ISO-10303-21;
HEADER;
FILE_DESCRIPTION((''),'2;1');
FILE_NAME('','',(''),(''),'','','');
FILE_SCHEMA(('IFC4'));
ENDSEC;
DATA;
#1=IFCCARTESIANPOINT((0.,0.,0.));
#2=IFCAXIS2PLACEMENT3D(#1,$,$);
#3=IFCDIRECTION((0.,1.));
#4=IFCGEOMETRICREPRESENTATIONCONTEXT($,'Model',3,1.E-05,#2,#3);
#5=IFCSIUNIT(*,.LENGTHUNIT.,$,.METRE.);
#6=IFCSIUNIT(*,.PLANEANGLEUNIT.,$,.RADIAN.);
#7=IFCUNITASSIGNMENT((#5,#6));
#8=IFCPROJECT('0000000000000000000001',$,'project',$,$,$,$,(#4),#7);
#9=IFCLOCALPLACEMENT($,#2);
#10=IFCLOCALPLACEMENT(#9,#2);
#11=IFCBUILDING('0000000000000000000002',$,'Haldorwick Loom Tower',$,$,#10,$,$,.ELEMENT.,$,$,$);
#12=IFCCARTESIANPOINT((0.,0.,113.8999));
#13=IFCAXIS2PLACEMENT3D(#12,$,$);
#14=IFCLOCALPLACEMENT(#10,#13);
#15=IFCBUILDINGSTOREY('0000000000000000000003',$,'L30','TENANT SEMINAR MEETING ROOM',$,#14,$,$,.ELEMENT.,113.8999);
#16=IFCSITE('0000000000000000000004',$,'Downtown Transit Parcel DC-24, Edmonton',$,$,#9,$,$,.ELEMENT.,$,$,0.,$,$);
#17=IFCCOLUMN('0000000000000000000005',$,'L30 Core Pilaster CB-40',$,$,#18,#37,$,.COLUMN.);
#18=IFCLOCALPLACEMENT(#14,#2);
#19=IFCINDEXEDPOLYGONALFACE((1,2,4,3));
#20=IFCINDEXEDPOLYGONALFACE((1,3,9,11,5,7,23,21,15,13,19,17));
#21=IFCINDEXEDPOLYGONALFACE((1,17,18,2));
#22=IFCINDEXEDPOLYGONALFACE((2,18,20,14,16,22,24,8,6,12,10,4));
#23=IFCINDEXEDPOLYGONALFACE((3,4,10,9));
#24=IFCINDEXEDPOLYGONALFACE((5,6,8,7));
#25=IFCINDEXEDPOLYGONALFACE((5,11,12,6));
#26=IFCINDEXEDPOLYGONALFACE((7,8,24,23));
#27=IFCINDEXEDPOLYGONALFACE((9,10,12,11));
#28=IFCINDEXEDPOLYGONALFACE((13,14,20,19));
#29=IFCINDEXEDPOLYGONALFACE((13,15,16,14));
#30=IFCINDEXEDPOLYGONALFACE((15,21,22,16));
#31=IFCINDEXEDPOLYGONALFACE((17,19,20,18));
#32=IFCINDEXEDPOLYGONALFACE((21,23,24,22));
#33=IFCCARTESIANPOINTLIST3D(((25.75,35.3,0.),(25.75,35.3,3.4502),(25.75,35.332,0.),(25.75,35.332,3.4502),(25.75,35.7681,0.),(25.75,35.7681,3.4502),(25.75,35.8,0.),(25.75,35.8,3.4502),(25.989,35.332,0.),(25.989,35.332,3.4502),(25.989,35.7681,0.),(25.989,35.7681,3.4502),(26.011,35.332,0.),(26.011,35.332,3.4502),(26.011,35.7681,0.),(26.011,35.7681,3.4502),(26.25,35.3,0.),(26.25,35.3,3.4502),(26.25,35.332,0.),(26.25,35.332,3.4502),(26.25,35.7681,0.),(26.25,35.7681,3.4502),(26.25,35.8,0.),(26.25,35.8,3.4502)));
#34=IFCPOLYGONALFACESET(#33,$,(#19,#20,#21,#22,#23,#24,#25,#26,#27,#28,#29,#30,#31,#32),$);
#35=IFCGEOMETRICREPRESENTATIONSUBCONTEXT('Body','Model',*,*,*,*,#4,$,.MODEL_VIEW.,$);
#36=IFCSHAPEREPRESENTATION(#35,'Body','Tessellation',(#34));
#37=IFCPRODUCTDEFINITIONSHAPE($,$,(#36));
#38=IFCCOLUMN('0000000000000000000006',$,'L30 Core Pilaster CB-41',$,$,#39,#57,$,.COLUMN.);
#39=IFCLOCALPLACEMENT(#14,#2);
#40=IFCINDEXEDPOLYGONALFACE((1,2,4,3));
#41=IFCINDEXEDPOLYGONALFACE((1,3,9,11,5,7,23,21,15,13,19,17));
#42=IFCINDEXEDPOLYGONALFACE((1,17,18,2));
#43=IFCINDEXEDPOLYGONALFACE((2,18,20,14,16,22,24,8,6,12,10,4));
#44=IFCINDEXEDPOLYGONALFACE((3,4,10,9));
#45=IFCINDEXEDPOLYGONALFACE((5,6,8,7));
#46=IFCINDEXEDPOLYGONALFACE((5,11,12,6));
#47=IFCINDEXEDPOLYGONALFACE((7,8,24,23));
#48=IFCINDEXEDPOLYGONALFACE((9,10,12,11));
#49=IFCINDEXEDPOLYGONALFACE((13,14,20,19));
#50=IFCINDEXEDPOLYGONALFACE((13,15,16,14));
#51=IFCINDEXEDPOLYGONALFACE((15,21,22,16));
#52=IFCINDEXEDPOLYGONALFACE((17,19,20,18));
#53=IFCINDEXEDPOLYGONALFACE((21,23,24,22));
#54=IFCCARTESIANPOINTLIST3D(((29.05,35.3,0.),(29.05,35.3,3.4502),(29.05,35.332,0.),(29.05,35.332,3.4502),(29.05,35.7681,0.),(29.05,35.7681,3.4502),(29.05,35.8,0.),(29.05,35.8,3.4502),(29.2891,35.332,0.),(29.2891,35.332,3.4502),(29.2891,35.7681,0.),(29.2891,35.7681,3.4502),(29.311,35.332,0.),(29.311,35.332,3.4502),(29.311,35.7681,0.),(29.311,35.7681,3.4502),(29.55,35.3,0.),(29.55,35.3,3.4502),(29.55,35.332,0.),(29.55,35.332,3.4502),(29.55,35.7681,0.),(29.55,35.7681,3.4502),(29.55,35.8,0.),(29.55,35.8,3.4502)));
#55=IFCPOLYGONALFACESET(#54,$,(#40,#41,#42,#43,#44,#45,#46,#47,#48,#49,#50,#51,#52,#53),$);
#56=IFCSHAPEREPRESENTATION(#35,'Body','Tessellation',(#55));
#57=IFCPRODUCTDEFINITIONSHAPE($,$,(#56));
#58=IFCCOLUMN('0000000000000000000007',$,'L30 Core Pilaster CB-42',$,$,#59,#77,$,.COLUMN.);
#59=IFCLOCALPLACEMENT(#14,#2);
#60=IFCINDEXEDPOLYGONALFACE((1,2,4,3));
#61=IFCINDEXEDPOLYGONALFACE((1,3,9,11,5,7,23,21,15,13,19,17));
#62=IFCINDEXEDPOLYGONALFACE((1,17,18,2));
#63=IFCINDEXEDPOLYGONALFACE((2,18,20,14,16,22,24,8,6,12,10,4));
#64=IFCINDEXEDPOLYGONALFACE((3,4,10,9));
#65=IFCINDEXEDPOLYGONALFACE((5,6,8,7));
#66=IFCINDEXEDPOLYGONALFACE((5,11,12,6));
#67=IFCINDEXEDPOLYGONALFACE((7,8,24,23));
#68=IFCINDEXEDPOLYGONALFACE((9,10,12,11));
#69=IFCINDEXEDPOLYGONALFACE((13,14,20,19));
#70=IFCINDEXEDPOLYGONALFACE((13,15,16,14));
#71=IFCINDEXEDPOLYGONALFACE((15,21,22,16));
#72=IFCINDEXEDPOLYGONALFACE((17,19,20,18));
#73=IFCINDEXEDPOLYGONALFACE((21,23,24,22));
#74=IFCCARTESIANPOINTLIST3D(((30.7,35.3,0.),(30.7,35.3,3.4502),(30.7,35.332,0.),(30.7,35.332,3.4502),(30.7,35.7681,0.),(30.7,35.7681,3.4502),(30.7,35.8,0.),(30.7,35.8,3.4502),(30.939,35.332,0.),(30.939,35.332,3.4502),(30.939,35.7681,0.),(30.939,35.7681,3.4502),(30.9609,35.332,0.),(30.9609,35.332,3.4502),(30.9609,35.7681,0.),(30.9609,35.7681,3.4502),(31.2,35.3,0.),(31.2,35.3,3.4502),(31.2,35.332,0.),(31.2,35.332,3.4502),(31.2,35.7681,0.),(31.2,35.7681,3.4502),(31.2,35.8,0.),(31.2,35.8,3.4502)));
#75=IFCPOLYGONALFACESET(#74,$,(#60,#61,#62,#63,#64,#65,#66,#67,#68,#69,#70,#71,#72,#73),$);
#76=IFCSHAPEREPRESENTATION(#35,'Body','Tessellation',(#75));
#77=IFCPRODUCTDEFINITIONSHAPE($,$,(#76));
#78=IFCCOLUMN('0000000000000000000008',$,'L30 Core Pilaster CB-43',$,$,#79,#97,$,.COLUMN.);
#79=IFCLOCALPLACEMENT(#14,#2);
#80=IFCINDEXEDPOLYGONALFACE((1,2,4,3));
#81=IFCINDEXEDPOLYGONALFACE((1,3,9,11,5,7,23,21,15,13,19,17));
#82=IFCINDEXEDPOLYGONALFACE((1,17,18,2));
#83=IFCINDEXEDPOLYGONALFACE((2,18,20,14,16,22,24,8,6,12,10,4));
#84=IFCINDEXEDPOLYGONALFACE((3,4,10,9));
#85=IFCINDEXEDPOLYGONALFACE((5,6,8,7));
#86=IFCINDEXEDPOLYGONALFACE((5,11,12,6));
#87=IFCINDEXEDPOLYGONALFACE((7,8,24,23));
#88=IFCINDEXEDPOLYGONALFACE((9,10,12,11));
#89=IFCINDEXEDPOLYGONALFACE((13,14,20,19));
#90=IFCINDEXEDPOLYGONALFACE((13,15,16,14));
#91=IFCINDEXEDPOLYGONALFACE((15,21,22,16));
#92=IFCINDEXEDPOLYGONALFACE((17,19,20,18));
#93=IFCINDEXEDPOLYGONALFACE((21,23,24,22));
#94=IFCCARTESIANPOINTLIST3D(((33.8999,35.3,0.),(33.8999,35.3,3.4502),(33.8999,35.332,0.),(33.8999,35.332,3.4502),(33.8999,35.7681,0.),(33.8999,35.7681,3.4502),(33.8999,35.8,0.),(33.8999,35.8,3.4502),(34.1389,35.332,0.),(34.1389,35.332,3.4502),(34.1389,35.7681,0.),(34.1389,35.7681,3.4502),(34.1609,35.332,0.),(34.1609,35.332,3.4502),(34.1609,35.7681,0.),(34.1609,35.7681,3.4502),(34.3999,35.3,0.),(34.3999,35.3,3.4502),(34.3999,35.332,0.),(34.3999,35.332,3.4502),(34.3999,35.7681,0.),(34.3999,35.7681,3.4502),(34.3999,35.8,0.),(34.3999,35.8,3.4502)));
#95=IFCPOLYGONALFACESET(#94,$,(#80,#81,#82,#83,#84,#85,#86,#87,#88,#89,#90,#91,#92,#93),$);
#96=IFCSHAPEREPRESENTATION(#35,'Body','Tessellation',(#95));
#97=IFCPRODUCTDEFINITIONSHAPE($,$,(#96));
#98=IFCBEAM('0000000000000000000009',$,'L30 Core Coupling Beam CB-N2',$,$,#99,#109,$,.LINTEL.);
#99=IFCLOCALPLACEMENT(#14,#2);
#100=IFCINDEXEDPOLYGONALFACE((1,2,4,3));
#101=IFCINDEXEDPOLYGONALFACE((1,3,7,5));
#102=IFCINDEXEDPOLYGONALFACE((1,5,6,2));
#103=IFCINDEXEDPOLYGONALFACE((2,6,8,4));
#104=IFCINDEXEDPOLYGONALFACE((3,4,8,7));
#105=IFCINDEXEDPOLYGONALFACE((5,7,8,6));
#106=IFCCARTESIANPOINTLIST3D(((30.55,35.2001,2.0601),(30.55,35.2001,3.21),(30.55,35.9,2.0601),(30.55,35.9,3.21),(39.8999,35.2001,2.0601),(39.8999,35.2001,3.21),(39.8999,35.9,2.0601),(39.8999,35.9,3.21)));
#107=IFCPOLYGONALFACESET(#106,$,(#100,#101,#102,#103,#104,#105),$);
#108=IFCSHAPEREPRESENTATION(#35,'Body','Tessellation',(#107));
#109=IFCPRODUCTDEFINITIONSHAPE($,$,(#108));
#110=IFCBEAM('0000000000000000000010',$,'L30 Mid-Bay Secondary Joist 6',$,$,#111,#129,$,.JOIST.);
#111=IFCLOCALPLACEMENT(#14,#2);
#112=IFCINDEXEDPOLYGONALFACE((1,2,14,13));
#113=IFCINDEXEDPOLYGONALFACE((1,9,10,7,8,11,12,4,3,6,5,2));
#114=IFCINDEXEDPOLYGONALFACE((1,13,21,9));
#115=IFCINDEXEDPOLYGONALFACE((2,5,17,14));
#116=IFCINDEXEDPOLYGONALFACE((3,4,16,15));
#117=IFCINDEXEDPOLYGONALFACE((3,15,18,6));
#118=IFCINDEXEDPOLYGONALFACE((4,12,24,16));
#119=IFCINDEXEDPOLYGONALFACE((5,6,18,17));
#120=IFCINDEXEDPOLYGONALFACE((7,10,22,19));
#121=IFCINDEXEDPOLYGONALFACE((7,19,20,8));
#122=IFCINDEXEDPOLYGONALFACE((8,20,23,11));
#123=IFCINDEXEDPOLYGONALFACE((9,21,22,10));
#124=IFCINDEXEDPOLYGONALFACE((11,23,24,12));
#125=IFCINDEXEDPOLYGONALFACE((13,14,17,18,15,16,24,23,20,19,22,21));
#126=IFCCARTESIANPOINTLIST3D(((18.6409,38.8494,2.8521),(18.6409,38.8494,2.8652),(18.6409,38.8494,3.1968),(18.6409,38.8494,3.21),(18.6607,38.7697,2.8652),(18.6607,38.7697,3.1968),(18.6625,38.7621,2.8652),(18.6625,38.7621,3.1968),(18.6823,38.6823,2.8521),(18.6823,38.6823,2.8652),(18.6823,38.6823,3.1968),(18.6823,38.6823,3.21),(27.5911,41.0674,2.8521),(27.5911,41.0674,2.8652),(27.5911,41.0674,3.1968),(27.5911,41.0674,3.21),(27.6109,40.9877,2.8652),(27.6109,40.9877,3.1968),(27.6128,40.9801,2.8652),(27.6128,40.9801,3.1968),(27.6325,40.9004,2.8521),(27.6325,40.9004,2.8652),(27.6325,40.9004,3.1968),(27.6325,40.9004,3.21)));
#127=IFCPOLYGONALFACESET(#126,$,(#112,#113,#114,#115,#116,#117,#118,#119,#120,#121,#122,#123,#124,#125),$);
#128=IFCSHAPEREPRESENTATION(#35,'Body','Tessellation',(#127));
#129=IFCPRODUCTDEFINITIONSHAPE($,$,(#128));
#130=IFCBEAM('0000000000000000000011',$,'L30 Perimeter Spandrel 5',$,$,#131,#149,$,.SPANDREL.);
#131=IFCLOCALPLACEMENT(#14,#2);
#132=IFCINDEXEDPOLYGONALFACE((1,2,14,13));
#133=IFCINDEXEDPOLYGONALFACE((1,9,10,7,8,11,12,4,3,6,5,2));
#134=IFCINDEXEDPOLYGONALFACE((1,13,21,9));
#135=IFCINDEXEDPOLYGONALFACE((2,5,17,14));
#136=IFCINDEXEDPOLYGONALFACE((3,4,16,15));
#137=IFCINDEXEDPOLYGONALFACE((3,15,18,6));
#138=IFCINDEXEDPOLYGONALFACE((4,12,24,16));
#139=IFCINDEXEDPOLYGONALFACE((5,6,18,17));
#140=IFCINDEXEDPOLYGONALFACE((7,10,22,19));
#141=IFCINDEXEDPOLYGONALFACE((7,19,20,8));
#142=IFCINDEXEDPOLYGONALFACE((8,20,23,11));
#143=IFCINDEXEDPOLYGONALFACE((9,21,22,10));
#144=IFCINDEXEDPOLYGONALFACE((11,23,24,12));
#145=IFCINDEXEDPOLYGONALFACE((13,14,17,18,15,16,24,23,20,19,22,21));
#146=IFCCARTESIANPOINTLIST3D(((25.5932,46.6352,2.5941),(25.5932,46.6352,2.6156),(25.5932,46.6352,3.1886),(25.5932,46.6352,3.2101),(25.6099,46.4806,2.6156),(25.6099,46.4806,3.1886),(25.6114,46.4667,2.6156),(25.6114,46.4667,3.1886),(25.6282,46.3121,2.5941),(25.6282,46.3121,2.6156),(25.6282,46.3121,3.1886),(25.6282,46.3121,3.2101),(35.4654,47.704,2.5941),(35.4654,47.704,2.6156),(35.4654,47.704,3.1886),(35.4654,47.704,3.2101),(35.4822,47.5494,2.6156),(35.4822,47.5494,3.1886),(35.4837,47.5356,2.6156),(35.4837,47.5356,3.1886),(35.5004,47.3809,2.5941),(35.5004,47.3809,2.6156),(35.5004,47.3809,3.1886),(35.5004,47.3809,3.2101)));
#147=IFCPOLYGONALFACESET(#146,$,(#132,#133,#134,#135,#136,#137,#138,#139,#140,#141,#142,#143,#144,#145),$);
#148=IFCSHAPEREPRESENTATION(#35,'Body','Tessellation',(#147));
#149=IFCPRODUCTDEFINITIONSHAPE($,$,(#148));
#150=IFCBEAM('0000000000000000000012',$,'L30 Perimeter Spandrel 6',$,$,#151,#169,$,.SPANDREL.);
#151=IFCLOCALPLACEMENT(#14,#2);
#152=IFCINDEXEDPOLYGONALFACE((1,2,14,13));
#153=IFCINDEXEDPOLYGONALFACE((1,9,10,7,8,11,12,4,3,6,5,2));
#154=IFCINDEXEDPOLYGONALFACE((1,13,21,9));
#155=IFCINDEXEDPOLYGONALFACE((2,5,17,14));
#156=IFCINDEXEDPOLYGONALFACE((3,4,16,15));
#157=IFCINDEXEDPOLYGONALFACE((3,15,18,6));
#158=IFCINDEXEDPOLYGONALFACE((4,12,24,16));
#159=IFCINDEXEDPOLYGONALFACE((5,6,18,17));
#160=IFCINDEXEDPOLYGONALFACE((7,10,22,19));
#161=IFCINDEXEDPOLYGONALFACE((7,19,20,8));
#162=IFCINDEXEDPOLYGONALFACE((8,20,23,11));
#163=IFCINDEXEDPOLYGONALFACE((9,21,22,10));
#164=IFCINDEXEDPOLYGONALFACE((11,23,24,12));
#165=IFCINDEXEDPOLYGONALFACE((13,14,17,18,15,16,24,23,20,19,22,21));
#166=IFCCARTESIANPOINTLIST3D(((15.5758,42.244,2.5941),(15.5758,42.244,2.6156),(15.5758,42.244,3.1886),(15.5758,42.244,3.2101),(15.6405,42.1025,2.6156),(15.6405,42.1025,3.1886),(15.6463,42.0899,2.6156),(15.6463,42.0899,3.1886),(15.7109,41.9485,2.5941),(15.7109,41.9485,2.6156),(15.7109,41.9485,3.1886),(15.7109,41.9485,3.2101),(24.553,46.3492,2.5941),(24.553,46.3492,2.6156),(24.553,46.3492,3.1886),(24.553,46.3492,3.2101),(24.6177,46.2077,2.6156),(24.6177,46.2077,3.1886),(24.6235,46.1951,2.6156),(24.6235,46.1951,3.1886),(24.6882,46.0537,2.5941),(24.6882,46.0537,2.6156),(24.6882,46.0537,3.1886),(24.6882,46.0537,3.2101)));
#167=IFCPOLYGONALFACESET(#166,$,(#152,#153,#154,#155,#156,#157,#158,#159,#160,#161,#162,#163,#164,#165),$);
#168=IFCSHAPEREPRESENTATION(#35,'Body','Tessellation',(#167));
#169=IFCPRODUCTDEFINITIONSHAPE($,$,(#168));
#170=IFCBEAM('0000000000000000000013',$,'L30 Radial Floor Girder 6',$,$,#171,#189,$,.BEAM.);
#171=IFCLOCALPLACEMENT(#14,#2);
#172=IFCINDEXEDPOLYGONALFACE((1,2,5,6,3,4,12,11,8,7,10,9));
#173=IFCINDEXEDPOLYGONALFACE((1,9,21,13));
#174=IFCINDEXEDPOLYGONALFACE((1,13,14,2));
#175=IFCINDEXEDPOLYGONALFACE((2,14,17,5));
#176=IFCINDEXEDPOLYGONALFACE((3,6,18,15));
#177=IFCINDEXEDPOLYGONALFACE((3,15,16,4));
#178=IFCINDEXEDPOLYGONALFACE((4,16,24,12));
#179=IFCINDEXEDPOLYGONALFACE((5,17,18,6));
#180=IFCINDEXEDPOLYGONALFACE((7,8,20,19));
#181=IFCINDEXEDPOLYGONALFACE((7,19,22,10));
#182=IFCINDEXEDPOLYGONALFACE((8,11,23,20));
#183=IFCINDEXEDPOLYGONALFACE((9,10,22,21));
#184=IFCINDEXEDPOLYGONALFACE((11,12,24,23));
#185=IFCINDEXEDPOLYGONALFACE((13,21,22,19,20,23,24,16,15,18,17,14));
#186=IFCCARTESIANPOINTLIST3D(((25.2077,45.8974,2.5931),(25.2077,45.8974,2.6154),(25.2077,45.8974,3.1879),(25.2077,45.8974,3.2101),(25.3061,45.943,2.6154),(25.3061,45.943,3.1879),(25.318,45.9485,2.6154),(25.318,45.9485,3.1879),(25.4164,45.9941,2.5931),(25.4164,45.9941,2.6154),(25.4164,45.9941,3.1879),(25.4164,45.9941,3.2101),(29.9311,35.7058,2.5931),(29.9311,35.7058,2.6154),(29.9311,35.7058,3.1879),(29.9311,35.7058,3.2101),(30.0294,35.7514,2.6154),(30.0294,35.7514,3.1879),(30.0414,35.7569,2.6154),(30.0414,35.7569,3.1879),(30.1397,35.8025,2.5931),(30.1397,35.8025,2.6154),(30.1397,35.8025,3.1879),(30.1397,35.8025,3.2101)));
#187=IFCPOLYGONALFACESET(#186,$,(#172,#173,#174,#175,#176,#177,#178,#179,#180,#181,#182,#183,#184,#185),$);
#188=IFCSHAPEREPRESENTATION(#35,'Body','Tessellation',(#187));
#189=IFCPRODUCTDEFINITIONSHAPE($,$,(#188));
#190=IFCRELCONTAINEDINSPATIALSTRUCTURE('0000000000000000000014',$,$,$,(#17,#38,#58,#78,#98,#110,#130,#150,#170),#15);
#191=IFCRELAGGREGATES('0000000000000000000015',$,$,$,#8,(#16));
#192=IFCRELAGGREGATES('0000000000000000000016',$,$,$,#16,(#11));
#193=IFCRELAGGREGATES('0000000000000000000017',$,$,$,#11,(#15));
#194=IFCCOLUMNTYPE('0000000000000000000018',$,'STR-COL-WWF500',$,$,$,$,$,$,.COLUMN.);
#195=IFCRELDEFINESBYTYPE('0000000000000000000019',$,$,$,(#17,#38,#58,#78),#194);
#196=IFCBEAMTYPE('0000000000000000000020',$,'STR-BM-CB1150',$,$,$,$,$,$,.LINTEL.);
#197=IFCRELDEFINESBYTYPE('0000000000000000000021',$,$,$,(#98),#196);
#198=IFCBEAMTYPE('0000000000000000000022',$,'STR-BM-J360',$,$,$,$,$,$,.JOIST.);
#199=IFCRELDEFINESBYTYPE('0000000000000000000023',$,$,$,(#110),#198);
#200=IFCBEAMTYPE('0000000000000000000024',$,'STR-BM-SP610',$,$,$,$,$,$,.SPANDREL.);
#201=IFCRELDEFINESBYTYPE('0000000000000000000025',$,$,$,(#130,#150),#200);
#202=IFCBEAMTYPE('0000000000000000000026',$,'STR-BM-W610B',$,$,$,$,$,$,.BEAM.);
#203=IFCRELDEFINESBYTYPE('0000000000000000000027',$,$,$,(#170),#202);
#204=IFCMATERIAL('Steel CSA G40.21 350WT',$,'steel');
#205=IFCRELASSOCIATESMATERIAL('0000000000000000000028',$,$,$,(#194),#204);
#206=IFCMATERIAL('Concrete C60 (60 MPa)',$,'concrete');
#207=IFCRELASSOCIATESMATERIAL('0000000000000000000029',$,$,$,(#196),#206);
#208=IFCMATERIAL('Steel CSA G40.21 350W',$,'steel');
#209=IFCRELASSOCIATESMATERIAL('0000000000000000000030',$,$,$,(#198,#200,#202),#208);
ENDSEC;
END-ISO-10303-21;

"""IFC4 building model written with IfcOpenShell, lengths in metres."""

from ifc_helpers import new_model, si_unit, direction, frame, origin, origin_2d, place, context, subcontext, project, spatial, rectangle, i_section, extrude, material, material_profile, profile_set, type_object, element, save


model = new_model("IFC4")

# Units and contexts
model_context = context("Model", 3, precision=1e-05, world=origin(), true_north=direction((0.0, 1.0)))
body_context = subcontext(model_context, "Body", "Model", "MODEL_VIEW")
ifc_project = project(units=[si_unit("LENGTHUNIT", "METRE"), si_unit("PLANEANGLEUNIT", "RADIAN")], contexts=[model_context])

# Site, building, storey
site_placement = place(None, origin())
site = spatial("IfcSite", under=ifc_project, at=site_placement, Name="Downtown Transit Parcel DC-24, Edmonton", CompositionType="ELEMENT", RefElevation=0.0)
building_placement = place(site_placement, origin())
building = spatial("IfcBuilding", under=site, at=building_placement, Name="Haldorwick Loom Tower", CompositionType="ELEMENT")
storey_placement = place(building_placement, frame((0.0, 0.0, 113.8999)))
storey = spatial("IfcBuildingStorey", under=building, at=storey_placement, Name="L30", Description="TENANT SEMINAR MEETING ROOM", CompositionType="ELEMENT", Elevation=113.8999)

# Columns
ifc_material_1 = material(Name="Concrete C60 (60 MPa)", Category="concrete")
ifc_material_2 = material(Name="Steel CSA G40.21 350WT", Category="steel")
ifc_material_profile_1 = material_profile(ifc_material_2, i_section(OverallWidth=0.5, OverallDepth=0.5, WebThickness=0.022, FlangeThickness=0.032, at=origin_2d()), Name="WWF500X500", Category="steel")
ifc_profile_set_1 = profile_set([ifc_material_profile_1], Name="Steel CSA G40.21 350WT")
column_type_1 = type_object("IfcColumnType", Name="STR-COL-WWF500", PredefinedType="COLUMN", material=ifc_profile_set_1)
for number, where, z_axis, x_axis, name in (
    (1, (26.0, 35.55, 0.0), (0.0, 0.0, 1.0), (1.0, 0.0, 0.0), "L30 Core Pilaster CB-40"),
    (2, (29.3, 35.55, 0.0), (0.0, 0.0, 1.0), (1.0, 0.0, 0.0), "L30 Core Pilaster CB-41"),
    (3, (30.95, 35.55, 0.0), (0.0, 0.0, 1.0), (1.0, 0.0, 0.0), "L30 Core Pilaster CB-42"),
    (4, (34.1499, 35.55, 0.0), (0.0, 0.0, 1.0), (1.0, 0.0, 0.0), "L30 Core Pilaster CB-43"),
):
    element("IfcColumn", number, at=place(storey_placement, frame(where, z_axis=z_axis, x_axis=x_axis)), inside=storey, type_object=column_type_1, Name=name, PredefinedType="COLUMN", context=body_context, shape_type="SweptSolid", body=[
        extrude(i_section(OverallWidth=0.5, OverallDepth=0.5, WebThickness=0.022, FlangeThickness=0.032, at=origin_2d()), origin(), (0.0, 0.0, 1.0), 3.4502),
    ])

# Beams
ifc_material_profile_2 = material_profile(ifc_material_1, rectangle(XDim=0.7, YDim=1.1499, at=origin_2d()), Name="RC700X1150", Category="concrete")
ifc_profile_set_2 = profile_set([ifc_material_profile_2], Name="Concrete C60 (60 MPa)")
beam_type_1 = type_object("IfcBeamType", Name="STR-BM-CB1150", PredefinedType="LINTEL", material=ifc_profile_set_2)
beam_1_placement = place(storey_placement, frame((30.55, 35.55, 2.635), z_axis=(1.0, 0.0, 0.0), x_axis=(0.0, 1.0, 0.0)))
element("IfcBeam", 5, at=beam_1_placement, inside=storey, type_object=beam_type_1, Name="L30 Core Coupling Beam CB-N2", PredefinedType="LINTEL", context=body_context, shape_type="SweptSolid", body=[
    extrude(rectangle(XDim=0.7, YDim=1.1499, at=origin_2d()), origin(), (0.0, 0.0, 1.0), 9.3499),
])
ifc_material_3 = material(Name="Steel CSA G40.21 350W", Category="steel")
ifc_material_profile_3 = material_profile(ifc_material_3, i_section(OverallWidth=0.1721, OverallDepth=0.3579, WebThickness=0.0078, FlangeThickness=0.0132, at=origin_2d()), Name="W360X57", Category="steel")
ifc_profile_set_3 = profile_set([ifc_material_profile_3], Name="Steel CSA G40.21 350W")
beam_type_2 = type_object("IfcBeamType", Name="STR-BM-J360", PredefinedType="JOIST", material=ifc_profile_set_3)
beam_2_placement = place(storey_placement, frame((27.6118, 40.9839, 3.031), z_axis=(-0.970639, -0.240542, 0.0), x_axis=(0.240542, -0.970639, 0.0)))
element("IfcBeam", 6, at=beam_2_placement, inside=storey, type_object=beam_type_2, Name="L30 Mid-Bay Secondary Joist 6", PredefinedType="JOIST", context=body_context, shape_type="SweptSolid", body=[
    extrude(i_section(OverallWidth=0.1721, OverallDepth=0.3579, WebThickness=0.0078, FlangeThickness=0.0132, at=origin_2d()), origin(), (0.0, 0.0, 1.0), 9.2209),
])
ifc_material_profile_4 = material_profile(ifc_material_3, i_section(OverallWidth=0.325, OverallDepth=0.616, WebThickness=0.0139, FlangeThickness=0.0215, at=origin_2d()), Name="W610X174", Category="steel")
ifc_profile_set_4 = profile_set([ifc_material_profile_4], Name="Steel CSA G40.21 350W")
beam_type_3 = type_object("IfcBeamType", Name="STR-BM-SP610", PredefinedType="SPANDREL", material=ifc_profile_set_4)
beam_3_placement = place(storey_placement, frame((35.4829, 47.5425, 2.9021), z_axis=(-0.99419, -0.107638, 0.0), x_axis=(0.107638, -0.99419, 0.0)))
element("IfcBeam", 7, at=beam_3_placement, inside=storey, type_object=beam_type_3, Name="L30 Perimeter Spandrel 5", PredefinedType="SPANDREL", context=body_context, shape_type="SweptSolid", body=[
    extrude(i_section(OverallWidth=0.325, OverallDepth=0.616, WebThickness=0.0139, FlangeThickness=0.0215, at=origin_2d()), origin(), (0.0, 0.0, 1.0), 9.9299),
])
beam_4_placement = place(storey_placement, frame((24.6206, 46.2014, 2.9021), z_axis=(-0.909424, -0.41587, 0.0), x_axis=(0.41587, -0.909424, 0.0)))
element("IfcBeam", 8, at=beam_4_placement, inside=storey, type_object=beam_type_3, Name="L30 Perimeter Spandrel 6", PredefinedType="SPANDREL", context=body_context, shape_type="SweptSolid", body=[
    extrude(i_section(OverallWidth=0.325, OverallDepth=0.616, WebThickness=0.0139, FlangeThickness=0.0215, at=origin_2d()), origin(), (0.0, 0.0, 1.0), 9.8713),
])
ifc_material_profile_5 = material_profile(ifc_material_3, i_section(OverallWidth=0.23, OverallDepth=0.6169, WebThickness=0.0132, FlangeThickness=0.0222, at=origin_2d()), Name="W610X140", Category="steel")
ifc_profile_set_5 = profile_set([ifc_material_profile_5], Name="Steel CSA G40.21 350W")
beam_type_4 = type_object("IfcBeamType", Name="STR-BM-W610B", PredefinedType="BEAM", material=ifc_profile_set_5)
beam_5_placement = place(storey_placement, frame((30.0354, 35.7542, 2.9016), z_axis=(-0.420492, 0.907296, 0.0), x_axis=(-0.907296, -0.420492, 0.0)))
element("IfcBeam", 9, at=beam_5_placement, inside=storey, type_object=beam_type_4, Name="L30 Radial Floor Girder 6", PredefinedType="BEAM", context=body_context, shape_type="SweptSolid", body=[
    extrude(i_section(OverallWidth=0.23, OverallDepth=0.6169, WebThickness=0.0132, FlangeThickness=0.0222, at=origin_2d()), origin(), (0.0, 0.0, 1.0), 11.2329),
])

save(model, "model.ifc")
